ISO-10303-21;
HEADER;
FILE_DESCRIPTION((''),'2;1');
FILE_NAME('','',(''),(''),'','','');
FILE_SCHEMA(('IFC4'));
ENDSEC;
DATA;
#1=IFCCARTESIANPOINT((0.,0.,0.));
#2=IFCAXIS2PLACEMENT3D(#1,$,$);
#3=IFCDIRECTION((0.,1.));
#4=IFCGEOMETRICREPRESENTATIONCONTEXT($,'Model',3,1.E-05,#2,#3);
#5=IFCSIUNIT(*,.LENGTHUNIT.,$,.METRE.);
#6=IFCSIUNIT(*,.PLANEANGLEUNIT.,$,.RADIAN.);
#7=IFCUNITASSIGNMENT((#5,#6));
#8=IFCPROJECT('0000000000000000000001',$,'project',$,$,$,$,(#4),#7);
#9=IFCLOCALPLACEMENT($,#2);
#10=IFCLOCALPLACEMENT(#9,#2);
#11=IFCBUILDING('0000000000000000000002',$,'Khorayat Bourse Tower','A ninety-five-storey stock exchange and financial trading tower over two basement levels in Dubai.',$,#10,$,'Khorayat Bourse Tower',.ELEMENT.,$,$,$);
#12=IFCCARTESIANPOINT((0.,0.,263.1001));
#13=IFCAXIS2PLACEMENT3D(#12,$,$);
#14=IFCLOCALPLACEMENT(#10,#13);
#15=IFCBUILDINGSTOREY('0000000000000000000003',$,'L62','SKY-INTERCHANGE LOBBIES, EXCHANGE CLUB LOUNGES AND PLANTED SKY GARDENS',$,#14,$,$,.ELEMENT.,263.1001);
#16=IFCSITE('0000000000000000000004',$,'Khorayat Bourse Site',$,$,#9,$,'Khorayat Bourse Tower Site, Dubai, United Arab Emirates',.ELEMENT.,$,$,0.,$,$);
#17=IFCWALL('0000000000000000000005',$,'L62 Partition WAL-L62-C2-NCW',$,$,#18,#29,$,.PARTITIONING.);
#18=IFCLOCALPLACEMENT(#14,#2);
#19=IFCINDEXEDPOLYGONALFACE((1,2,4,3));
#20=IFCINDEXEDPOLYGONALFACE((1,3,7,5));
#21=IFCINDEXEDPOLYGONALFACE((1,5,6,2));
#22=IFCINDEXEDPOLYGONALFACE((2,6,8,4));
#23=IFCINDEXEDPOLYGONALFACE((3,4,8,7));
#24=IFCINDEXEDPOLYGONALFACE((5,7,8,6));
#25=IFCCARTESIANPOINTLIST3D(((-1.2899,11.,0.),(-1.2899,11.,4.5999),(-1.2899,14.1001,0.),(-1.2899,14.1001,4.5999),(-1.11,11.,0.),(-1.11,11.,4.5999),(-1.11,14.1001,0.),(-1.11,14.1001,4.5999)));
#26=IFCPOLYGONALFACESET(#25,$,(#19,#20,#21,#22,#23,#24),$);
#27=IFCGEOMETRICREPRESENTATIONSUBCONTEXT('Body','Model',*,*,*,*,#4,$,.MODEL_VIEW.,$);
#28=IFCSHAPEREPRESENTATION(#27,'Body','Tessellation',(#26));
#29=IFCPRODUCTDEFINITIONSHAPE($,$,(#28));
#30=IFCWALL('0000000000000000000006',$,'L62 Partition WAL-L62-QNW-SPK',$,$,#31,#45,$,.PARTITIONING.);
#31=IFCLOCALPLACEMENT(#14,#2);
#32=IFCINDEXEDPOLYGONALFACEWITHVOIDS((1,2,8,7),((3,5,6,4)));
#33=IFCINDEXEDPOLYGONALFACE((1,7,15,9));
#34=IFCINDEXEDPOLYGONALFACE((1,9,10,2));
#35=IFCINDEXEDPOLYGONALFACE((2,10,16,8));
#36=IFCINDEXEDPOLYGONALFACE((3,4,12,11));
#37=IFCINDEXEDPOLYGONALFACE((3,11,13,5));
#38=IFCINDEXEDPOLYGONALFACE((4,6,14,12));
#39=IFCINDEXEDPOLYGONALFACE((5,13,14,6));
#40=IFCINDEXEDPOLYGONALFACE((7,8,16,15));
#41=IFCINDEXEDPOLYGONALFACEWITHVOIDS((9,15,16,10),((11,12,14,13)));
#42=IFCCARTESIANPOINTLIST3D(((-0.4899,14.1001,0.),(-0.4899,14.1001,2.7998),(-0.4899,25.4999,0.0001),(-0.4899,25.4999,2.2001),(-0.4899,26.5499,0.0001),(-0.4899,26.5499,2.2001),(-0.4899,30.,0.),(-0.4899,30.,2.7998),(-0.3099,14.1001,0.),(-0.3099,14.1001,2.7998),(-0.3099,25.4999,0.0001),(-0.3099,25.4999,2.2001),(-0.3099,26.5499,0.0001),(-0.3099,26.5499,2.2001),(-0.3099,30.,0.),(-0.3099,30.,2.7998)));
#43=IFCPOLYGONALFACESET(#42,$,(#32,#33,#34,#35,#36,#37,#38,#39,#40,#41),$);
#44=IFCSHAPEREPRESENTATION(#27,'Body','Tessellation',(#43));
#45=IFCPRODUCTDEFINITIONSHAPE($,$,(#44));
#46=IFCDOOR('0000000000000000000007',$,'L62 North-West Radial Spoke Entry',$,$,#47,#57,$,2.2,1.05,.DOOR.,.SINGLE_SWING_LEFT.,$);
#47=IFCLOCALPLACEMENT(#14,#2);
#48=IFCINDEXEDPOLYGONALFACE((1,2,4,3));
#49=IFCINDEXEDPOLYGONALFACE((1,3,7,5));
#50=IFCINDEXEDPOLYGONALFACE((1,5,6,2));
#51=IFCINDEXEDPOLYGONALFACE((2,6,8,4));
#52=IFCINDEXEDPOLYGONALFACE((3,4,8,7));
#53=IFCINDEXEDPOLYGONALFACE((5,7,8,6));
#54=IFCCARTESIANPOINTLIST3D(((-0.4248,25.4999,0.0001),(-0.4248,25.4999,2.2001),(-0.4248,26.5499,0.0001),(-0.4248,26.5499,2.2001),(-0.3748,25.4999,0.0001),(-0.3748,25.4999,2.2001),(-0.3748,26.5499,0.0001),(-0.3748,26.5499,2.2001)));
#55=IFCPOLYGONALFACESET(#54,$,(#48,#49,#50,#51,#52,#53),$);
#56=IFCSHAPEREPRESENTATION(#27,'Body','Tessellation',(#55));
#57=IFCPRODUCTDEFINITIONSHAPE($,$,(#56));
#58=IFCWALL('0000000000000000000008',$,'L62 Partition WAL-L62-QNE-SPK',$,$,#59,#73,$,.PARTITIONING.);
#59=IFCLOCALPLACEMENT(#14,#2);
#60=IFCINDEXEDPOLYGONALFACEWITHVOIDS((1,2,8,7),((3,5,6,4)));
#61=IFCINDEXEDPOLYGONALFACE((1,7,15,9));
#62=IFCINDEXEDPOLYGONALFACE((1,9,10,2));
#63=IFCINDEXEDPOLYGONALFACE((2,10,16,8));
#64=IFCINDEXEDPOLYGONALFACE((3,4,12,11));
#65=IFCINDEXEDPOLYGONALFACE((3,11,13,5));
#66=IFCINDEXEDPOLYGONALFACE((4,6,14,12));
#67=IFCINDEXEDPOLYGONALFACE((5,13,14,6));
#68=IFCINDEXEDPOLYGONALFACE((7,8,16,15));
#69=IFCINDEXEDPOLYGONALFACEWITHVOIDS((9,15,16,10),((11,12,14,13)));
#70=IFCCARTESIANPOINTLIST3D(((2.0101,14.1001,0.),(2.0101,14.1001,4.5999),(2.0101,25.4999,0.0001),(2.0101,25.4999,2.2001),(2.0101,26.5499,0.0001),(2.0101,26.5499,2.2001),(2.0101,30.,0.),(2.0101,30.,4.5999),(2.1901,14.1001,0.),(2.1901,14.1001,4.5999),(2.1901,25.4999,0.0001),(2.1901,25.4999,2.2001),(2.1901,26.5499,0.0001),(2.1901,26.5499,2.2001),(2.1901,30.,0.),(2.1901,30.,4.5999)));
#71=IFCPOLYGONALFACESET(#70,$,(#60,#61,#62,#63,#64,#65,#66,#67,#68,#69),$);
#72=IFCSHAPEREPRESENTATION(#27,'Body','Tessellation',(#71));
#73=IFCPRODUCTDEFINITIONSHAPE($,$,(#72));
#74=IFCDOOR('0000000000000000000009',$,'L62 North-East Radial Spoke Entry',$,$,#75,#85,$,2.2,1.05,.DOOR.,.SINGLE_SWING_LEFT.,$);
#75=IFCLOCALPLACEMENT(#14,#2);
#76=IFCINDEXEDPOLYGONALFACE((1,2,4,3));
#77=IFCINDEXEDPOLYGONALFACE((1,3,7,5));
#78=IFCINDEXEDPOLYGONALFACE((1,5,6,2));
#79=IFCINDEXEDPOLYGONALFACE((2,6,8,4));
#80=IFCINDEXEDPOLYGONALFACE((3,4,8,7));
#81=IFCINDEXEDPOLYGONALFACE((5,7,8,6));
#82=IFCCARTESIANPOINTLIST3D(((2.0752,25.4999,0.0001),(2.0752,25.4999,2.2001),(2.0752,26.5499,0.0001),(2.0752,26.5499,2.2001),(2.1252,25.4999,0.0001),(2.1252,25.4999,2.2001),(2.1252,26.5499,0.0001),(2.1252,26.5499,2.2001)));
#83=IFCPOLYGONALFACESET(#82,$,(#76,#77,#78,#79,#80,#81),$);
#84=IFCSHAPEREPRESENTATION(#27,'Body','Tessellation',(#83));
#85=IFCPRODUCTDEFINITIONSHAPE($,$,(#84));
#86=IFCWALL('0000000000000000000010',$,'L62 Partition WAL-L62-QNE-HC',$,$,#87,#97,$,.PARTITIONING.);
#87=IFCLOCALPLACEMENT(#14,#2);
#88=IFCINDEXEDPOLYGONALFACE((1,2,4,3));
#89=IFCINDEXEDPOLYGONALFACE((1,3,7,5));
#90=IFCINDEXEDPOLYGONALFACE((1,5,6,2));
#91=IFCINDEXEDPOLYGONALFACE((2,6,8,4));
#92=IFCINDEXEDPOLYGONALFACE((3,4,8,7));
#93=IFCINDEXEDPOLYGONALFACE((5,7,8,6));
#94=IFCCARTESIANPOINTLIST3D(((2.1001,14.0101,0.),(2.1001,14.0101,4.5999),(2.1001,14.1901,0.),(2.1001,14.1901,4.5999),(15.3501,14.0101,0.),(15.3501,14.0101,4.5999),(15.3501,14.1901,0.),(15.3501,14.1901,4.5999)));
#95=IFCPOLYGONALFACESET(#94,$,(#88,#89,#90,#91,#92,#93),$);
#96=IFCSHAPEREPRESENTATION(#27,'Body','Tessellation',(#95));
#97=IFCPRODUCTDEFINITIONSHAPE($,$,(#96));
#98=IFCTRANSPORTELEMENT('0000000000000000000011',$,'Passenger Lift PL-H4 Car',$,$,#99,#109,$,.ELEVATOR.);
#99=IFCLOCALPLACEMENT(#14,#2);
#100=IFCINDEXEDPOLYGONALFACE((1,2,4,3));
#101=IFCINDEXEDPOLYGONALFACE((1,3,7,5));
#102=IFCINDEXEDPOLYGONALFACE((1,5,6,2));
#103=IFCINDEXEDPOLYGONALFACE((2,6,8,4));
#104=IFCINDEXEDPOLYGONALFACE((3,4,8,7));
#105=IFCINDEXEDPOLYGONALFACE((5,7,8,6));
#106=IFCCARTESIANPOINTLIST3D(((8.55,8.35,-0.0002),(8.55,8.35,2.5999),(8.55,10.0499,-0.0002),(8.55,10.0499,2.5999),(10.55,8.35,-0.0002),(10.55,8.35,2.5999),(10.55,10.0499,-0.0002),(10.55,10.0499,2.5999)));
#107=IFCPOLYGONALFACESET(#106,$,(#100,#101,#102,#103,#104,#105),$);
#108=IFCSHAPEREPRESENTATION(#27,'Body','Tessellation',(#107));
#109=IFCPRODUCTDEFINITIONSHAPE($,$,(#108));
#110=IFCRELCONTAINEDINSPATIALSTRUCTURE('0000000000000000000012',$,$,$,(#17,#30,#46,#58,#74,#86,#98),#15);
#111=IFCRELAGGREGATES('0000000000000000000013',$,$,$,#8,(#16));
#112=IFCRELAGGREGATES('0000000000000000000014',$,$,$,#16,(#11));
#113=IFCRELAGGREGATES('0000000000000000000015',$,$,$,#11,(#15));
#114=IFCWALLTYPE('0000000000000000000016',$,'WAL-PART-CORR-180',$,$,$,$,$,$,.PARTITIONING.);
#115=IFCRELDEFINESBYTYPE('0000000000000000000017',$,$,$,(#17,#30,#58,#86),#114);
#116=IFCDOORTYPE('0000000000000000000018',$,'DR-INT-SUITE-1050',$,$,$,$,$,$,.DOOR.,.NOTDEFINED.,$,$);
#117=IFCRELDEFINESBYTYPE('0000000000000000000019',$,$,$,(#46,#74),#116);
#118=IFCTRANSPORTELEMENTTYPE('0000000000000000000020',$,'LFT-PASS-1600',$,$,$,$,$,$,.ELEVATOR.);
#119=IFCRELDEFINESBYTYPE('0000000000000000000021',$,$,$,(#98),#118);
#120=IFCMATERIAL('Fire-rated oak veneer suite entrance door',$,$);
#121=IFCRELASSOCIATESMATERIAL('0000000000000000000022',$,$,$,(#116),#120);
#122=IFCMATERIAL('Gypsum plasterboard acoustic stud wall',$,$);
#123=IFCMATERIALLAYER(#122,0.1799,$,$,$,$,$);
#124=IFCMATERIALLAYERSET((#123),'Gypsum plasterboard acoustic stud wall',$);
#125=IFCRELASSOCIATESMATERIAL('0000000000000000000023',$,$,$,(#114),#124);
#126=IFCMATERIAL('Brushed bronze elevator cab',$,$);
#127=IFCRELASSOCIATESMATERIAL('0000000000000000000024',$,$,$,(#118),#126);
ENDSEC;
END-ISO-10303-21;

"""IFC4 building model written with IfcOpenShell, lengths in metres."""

from ifc_helpers import new_model, si_unit, direction, frame, frame_2d, origin, origin_2d, place, context, subcontext, project, spatial, rectangle, extrude, source, transform, mapped, material, layer, layer_set, type_object, element, fill, save


model = new_model("IFC4")

# Units and contexts
model_context = context("Model", 3, precision=1e-05, world=origin(), true_north=direction((0.0, 1.0)))
body_context = subcontext(model_context, "Body", "Model", "MODEL_VIEW")
ifc_project = project(units=[si_unit("LENGTHUNIT", "METRE"), si_unit("PLANEANGLEUNIT", "RADIAN")], contexts=[model_context])

# Site, building, storey
site_placement = place(None, origin())
site = spatial("IfcSite", under=ifc_project, at=site_placement, Name="Khorayat Bourse Site", LongName="Khorayat Bourse Tower Site, Dubai, United Arab Emirates", CompositionType="ELEMENT", RefElevation=0.0)
building_placement = place(site_placement, origin())
building = spatial("IfcBuilding", under=site, at=building_placement, Name="Khorayat Bourse Tower", Description="A ninety-five-storey stock exchange and financial trading tower over two basement levels in Dubai.", LongName="Khorayat Bourse Tower", CompositionType="ELEMENT")
storey_placement = place(building_placement, frame((0.0, 0.0, 263.1001)))
storey = spatial("IfcBuildingStorey", under=building, at=storey_placement, Name="L62", Description="SKY-INTERCHANGE LOBBIES, EXCHANGE CLUB LOUNGES AND PLANTED SKY GARDENS", CompositionType="ELEMENT", Elevation=263.1001)

# Shared definitions
ifc_material_1 = material(Name="Fire-rated oak veneer suite entrance door")
door_type_1 = type_object("IfcDoorType", Name="DR-INT-SUITE-1050", OperationType="NOTDEFINED", PredefinedType="DOOR", material=ifc_material_1)
shared_shape_1 = source(origin(), body_context, "Body", "SweptSolid", [
    extrude(rectangle(XDim=1.05, YDim=2.2, at=frame_2d((0.5249, 1.1001))), frame((0.0, 0.0249, 0.0), z_axis=(0.0, -1.0, 0.0), x_axis=(1.0, 0.0, 0.0)), (0.0, 0.0, 1.0), 0.05),
])

# Wall
ifc_material_2 = material(Name="Gypsum plasterboard acoustic stud wall")
ifc_layer_1 = layer(ifc_material_2, 0.1799)
ifc_layer_set_1 = layer_set([ifc_layer_1], Name="Gypsum plasterboard acoustic stud wall")
wall_type_1 = type_object("IfcWallType", Name="WAL-PART-CORR-180", PredefinedType="PARTITIONING", material=ifc_layer_set_1)
shared_shape_2 = source(origin(), body_context, "Body", "SweptSolid", [
    extrude(rectangle(XDim=3.1001, YDim=0.1799, at=frame_2d((1.55, 0.0))), origin(), (0.0, 0.0, 1.0), 4.5999),
])
wall_1_placement = place(storey_placement, frame((-1.2, 11.0, 0.0), z_axis=(0.0, 0.0, 1.0), x_axis=(0.0, 1.0, 0.0)))
element("IfcWall", 1, at=wall_1_placement, inside=storey, type_object=wall_type_1, Name="L62 Partition WAL-L62-C2-NCW", PredefinedType="PARTITIONING", context=body_context, shape_type="MappedRepresentation", body=[
    mapped(shared_shape_2, transform((0.0, 0.0, 0.0), scale=1.0)),
])

# Walls, openings, doors
shared_shape_3 = source(origin(), body_context, "Body", "SweptSolid", [
    extrude(rectangle(XDim=15.8999, YDim=0.1799, at=frame_2d((7.95, 0.0))), origin(), (0.0, 0.0, 1.0), 2.7998),
])
wall_2_placement = place(storey_placement, frame((-0.3999, 14.1001, 0.0), z_axis=(0.0, 0.0, 1.0), x_axis=(0.0, 1.0, 0.0)))
wall_2 = element("IfcWall", 2, at=wall_2_placement, inside=storey, type_object=wall_type_1, Name="L62 Partition WAL-L62-QNW-SPK", PredefinedType="PARTITIONING", context=body_context, shape_type="MappedRepresentation", body=[
    mapped(shared_shape_3, transform((0.0, 0.0, 0.0), scale=1.0)),
])
shared_shape_4 = source(origin(), body_context, "Body", "SweptSolid", [
    extrude(rectangle(XDim=1.05, YDim=2.2, at=frame_2d((0.5249, 1.1001))), frame((0.0, 0.0999, 0.0), z_axis=(0.0, -1.0, 0.0), x_axis=(1.0, 0.0, 0.0)), (0.0, 0.0, 1.0), 0.2),
])
opening_1_placement = place(wall_2_placement, frame((11.3999, 0.0, 0.0)))
opening_1 = element("IfcOpeningElement", 3, at=opening_1_placement, cuts=wall_2, PredefinedType="OPENING", context=body_context, shape_type="MappedRepresentation", body=[
    mapped(shared_shape_4, transform((0.0, 0.0, 0.0), scale=1.0)),
])
door_1_placement = place(opening_1_placement, origin())
door_1 = element("IfcDoor", 4, at=door_1_placement, inside=storey, type_object=door_type_1, Name="L62 North-West Radial Spoke Entry", OperationType="SINGLE_SWING_LEFT", OverallHeight=2.2, OverallWidth=1.05, PredefinedType="DOOR", context=body_context, shape_type="MappedRepresentation", body=[
    mapped(shared_shape_1, transform((0.0, 0.0, 0.0), scale=1.0)),
])
fill(opening_1, door_1)
shared_shape_5 = source(origin(), body_context, "Body", "SweptSolid", [
    extrude(rectangle(XDim=15.8999, YDim=0.1799, at=frame_2d((7.95, 0.0))), origin(), (0.0, 0.0, 1.0), 4.5999),
])
wall_3_placement = place(storey_placement, frame((2.1001, 14.1001, 0.0), z_axis=(0.0, 0.0, 1.0), x_axis=(0.0, 1.0, 0.0)))
wall_3 = element("IfcWall", 5, at=wall_3_placement, inside=storey, type_object=wall_type_1, Name="L62 Partition WAL-L62-QNE-SPK", PredefinedType="PARTITIONING", context=body_context, shape_type="MappedRepresentation", body=[
    mapped(shared_shape_5, transform((0.0, 0.0, 0.0), scale=1.0)),
])
opening_2_placement = place(wall_3_placement, frame((11.3999, 0.0, 0.0)))
opening_2 = element("IfcOpeningElement", 6, at=opening_2_placement, cuts=wall_3, PredefinedType="OPENING", context=body_context, shape_type="MappedRepresentation", body=[
    mapped(shared_shape_4, transform((0.0, 0.0, 0.0), scale=1.0)),
])
door_2_placement = place(opening_2_placement, origin())
door_2 = element("IfcDoor", 7, at=door_2_placement, inside=storey, type_object=door_type_1, Name="L62 North-East Radial Spoke Entry", OperationType="SINGLE_SWING_LEFT", OverallHeight=2.2, OverallWidth=1.05, PredefinedType="DOOR", context=body_context, shape_type="MappedRepresentation", body=[
    mapped(shared_shape_1, transform((0.0, 0.0, 0.0), scale=1.0)),
])
fill(opening_2, door_2)

# Wall
shared_shape_6 = source(origin(), body_context, "Body", "SweptSolid", [
    extrude(rectangle(XDim=13.25, YDim=0.1799, at=frame_2d((6.625, 0.0))), origin(), (0.0, 0.0, 1.0), 4.5999),
])
wall_4_placement = place(storey_placement, frame((2.1001, 14.1001, 0.0), z_axis=(0.0, 0.0, 1.0), x_axis=(1.0, 0.0, 0.0)))
element("IfcWall", 8, at=wall_4_placement, inside=storey, type_object=wall_type_1, Name="L62 Partition WAL-L62-QNE-HC", PredefinedType="PARTITIONING", context=body_context, shape_type="MappedRepresentation", body=[
    mapped(shared_shape_6, transform((0.0, 0.0, 0.0), scale=1.0)),
])

# Transport element
ifc_material_3 = material(Name="Brushed bronze elevator cab")
transport_element_type = type_object("IfcTransportElementType", Name="LFT-PASS-1600", PredefinedType="ELEVATOR", material=ifc_material_3)
shared_shape_7 = source(origin(), body_context, "Body", "SweptSolid", [
    extrude(rectangle(XDim=2.0, YDim=1.7, at=origin_2d()), origin(), (0.0, 0.0, 1.0), 2.6001),
])
transport_element_placement = place(storey_placement, frame((9.55, 9.2, -0.0002), z_axis=(0.0, 0.0, 1.0), x_axis=(1.0, 0.0, 0.0)))
element("IfcTransportElement", 9, at=transport_element_placement, inside=storey, type_object=transport_element_type, Name="Passenger Lift PL-H4 Car", PredefinedType="ELEVATOR", context=body_context, shape_type="MappedRepresentation", body=[
    mapped(shared_shape_7, transform((0.0, 0.0, 0.0), scale=1.0)),
])

save(model, "model.ifc")
